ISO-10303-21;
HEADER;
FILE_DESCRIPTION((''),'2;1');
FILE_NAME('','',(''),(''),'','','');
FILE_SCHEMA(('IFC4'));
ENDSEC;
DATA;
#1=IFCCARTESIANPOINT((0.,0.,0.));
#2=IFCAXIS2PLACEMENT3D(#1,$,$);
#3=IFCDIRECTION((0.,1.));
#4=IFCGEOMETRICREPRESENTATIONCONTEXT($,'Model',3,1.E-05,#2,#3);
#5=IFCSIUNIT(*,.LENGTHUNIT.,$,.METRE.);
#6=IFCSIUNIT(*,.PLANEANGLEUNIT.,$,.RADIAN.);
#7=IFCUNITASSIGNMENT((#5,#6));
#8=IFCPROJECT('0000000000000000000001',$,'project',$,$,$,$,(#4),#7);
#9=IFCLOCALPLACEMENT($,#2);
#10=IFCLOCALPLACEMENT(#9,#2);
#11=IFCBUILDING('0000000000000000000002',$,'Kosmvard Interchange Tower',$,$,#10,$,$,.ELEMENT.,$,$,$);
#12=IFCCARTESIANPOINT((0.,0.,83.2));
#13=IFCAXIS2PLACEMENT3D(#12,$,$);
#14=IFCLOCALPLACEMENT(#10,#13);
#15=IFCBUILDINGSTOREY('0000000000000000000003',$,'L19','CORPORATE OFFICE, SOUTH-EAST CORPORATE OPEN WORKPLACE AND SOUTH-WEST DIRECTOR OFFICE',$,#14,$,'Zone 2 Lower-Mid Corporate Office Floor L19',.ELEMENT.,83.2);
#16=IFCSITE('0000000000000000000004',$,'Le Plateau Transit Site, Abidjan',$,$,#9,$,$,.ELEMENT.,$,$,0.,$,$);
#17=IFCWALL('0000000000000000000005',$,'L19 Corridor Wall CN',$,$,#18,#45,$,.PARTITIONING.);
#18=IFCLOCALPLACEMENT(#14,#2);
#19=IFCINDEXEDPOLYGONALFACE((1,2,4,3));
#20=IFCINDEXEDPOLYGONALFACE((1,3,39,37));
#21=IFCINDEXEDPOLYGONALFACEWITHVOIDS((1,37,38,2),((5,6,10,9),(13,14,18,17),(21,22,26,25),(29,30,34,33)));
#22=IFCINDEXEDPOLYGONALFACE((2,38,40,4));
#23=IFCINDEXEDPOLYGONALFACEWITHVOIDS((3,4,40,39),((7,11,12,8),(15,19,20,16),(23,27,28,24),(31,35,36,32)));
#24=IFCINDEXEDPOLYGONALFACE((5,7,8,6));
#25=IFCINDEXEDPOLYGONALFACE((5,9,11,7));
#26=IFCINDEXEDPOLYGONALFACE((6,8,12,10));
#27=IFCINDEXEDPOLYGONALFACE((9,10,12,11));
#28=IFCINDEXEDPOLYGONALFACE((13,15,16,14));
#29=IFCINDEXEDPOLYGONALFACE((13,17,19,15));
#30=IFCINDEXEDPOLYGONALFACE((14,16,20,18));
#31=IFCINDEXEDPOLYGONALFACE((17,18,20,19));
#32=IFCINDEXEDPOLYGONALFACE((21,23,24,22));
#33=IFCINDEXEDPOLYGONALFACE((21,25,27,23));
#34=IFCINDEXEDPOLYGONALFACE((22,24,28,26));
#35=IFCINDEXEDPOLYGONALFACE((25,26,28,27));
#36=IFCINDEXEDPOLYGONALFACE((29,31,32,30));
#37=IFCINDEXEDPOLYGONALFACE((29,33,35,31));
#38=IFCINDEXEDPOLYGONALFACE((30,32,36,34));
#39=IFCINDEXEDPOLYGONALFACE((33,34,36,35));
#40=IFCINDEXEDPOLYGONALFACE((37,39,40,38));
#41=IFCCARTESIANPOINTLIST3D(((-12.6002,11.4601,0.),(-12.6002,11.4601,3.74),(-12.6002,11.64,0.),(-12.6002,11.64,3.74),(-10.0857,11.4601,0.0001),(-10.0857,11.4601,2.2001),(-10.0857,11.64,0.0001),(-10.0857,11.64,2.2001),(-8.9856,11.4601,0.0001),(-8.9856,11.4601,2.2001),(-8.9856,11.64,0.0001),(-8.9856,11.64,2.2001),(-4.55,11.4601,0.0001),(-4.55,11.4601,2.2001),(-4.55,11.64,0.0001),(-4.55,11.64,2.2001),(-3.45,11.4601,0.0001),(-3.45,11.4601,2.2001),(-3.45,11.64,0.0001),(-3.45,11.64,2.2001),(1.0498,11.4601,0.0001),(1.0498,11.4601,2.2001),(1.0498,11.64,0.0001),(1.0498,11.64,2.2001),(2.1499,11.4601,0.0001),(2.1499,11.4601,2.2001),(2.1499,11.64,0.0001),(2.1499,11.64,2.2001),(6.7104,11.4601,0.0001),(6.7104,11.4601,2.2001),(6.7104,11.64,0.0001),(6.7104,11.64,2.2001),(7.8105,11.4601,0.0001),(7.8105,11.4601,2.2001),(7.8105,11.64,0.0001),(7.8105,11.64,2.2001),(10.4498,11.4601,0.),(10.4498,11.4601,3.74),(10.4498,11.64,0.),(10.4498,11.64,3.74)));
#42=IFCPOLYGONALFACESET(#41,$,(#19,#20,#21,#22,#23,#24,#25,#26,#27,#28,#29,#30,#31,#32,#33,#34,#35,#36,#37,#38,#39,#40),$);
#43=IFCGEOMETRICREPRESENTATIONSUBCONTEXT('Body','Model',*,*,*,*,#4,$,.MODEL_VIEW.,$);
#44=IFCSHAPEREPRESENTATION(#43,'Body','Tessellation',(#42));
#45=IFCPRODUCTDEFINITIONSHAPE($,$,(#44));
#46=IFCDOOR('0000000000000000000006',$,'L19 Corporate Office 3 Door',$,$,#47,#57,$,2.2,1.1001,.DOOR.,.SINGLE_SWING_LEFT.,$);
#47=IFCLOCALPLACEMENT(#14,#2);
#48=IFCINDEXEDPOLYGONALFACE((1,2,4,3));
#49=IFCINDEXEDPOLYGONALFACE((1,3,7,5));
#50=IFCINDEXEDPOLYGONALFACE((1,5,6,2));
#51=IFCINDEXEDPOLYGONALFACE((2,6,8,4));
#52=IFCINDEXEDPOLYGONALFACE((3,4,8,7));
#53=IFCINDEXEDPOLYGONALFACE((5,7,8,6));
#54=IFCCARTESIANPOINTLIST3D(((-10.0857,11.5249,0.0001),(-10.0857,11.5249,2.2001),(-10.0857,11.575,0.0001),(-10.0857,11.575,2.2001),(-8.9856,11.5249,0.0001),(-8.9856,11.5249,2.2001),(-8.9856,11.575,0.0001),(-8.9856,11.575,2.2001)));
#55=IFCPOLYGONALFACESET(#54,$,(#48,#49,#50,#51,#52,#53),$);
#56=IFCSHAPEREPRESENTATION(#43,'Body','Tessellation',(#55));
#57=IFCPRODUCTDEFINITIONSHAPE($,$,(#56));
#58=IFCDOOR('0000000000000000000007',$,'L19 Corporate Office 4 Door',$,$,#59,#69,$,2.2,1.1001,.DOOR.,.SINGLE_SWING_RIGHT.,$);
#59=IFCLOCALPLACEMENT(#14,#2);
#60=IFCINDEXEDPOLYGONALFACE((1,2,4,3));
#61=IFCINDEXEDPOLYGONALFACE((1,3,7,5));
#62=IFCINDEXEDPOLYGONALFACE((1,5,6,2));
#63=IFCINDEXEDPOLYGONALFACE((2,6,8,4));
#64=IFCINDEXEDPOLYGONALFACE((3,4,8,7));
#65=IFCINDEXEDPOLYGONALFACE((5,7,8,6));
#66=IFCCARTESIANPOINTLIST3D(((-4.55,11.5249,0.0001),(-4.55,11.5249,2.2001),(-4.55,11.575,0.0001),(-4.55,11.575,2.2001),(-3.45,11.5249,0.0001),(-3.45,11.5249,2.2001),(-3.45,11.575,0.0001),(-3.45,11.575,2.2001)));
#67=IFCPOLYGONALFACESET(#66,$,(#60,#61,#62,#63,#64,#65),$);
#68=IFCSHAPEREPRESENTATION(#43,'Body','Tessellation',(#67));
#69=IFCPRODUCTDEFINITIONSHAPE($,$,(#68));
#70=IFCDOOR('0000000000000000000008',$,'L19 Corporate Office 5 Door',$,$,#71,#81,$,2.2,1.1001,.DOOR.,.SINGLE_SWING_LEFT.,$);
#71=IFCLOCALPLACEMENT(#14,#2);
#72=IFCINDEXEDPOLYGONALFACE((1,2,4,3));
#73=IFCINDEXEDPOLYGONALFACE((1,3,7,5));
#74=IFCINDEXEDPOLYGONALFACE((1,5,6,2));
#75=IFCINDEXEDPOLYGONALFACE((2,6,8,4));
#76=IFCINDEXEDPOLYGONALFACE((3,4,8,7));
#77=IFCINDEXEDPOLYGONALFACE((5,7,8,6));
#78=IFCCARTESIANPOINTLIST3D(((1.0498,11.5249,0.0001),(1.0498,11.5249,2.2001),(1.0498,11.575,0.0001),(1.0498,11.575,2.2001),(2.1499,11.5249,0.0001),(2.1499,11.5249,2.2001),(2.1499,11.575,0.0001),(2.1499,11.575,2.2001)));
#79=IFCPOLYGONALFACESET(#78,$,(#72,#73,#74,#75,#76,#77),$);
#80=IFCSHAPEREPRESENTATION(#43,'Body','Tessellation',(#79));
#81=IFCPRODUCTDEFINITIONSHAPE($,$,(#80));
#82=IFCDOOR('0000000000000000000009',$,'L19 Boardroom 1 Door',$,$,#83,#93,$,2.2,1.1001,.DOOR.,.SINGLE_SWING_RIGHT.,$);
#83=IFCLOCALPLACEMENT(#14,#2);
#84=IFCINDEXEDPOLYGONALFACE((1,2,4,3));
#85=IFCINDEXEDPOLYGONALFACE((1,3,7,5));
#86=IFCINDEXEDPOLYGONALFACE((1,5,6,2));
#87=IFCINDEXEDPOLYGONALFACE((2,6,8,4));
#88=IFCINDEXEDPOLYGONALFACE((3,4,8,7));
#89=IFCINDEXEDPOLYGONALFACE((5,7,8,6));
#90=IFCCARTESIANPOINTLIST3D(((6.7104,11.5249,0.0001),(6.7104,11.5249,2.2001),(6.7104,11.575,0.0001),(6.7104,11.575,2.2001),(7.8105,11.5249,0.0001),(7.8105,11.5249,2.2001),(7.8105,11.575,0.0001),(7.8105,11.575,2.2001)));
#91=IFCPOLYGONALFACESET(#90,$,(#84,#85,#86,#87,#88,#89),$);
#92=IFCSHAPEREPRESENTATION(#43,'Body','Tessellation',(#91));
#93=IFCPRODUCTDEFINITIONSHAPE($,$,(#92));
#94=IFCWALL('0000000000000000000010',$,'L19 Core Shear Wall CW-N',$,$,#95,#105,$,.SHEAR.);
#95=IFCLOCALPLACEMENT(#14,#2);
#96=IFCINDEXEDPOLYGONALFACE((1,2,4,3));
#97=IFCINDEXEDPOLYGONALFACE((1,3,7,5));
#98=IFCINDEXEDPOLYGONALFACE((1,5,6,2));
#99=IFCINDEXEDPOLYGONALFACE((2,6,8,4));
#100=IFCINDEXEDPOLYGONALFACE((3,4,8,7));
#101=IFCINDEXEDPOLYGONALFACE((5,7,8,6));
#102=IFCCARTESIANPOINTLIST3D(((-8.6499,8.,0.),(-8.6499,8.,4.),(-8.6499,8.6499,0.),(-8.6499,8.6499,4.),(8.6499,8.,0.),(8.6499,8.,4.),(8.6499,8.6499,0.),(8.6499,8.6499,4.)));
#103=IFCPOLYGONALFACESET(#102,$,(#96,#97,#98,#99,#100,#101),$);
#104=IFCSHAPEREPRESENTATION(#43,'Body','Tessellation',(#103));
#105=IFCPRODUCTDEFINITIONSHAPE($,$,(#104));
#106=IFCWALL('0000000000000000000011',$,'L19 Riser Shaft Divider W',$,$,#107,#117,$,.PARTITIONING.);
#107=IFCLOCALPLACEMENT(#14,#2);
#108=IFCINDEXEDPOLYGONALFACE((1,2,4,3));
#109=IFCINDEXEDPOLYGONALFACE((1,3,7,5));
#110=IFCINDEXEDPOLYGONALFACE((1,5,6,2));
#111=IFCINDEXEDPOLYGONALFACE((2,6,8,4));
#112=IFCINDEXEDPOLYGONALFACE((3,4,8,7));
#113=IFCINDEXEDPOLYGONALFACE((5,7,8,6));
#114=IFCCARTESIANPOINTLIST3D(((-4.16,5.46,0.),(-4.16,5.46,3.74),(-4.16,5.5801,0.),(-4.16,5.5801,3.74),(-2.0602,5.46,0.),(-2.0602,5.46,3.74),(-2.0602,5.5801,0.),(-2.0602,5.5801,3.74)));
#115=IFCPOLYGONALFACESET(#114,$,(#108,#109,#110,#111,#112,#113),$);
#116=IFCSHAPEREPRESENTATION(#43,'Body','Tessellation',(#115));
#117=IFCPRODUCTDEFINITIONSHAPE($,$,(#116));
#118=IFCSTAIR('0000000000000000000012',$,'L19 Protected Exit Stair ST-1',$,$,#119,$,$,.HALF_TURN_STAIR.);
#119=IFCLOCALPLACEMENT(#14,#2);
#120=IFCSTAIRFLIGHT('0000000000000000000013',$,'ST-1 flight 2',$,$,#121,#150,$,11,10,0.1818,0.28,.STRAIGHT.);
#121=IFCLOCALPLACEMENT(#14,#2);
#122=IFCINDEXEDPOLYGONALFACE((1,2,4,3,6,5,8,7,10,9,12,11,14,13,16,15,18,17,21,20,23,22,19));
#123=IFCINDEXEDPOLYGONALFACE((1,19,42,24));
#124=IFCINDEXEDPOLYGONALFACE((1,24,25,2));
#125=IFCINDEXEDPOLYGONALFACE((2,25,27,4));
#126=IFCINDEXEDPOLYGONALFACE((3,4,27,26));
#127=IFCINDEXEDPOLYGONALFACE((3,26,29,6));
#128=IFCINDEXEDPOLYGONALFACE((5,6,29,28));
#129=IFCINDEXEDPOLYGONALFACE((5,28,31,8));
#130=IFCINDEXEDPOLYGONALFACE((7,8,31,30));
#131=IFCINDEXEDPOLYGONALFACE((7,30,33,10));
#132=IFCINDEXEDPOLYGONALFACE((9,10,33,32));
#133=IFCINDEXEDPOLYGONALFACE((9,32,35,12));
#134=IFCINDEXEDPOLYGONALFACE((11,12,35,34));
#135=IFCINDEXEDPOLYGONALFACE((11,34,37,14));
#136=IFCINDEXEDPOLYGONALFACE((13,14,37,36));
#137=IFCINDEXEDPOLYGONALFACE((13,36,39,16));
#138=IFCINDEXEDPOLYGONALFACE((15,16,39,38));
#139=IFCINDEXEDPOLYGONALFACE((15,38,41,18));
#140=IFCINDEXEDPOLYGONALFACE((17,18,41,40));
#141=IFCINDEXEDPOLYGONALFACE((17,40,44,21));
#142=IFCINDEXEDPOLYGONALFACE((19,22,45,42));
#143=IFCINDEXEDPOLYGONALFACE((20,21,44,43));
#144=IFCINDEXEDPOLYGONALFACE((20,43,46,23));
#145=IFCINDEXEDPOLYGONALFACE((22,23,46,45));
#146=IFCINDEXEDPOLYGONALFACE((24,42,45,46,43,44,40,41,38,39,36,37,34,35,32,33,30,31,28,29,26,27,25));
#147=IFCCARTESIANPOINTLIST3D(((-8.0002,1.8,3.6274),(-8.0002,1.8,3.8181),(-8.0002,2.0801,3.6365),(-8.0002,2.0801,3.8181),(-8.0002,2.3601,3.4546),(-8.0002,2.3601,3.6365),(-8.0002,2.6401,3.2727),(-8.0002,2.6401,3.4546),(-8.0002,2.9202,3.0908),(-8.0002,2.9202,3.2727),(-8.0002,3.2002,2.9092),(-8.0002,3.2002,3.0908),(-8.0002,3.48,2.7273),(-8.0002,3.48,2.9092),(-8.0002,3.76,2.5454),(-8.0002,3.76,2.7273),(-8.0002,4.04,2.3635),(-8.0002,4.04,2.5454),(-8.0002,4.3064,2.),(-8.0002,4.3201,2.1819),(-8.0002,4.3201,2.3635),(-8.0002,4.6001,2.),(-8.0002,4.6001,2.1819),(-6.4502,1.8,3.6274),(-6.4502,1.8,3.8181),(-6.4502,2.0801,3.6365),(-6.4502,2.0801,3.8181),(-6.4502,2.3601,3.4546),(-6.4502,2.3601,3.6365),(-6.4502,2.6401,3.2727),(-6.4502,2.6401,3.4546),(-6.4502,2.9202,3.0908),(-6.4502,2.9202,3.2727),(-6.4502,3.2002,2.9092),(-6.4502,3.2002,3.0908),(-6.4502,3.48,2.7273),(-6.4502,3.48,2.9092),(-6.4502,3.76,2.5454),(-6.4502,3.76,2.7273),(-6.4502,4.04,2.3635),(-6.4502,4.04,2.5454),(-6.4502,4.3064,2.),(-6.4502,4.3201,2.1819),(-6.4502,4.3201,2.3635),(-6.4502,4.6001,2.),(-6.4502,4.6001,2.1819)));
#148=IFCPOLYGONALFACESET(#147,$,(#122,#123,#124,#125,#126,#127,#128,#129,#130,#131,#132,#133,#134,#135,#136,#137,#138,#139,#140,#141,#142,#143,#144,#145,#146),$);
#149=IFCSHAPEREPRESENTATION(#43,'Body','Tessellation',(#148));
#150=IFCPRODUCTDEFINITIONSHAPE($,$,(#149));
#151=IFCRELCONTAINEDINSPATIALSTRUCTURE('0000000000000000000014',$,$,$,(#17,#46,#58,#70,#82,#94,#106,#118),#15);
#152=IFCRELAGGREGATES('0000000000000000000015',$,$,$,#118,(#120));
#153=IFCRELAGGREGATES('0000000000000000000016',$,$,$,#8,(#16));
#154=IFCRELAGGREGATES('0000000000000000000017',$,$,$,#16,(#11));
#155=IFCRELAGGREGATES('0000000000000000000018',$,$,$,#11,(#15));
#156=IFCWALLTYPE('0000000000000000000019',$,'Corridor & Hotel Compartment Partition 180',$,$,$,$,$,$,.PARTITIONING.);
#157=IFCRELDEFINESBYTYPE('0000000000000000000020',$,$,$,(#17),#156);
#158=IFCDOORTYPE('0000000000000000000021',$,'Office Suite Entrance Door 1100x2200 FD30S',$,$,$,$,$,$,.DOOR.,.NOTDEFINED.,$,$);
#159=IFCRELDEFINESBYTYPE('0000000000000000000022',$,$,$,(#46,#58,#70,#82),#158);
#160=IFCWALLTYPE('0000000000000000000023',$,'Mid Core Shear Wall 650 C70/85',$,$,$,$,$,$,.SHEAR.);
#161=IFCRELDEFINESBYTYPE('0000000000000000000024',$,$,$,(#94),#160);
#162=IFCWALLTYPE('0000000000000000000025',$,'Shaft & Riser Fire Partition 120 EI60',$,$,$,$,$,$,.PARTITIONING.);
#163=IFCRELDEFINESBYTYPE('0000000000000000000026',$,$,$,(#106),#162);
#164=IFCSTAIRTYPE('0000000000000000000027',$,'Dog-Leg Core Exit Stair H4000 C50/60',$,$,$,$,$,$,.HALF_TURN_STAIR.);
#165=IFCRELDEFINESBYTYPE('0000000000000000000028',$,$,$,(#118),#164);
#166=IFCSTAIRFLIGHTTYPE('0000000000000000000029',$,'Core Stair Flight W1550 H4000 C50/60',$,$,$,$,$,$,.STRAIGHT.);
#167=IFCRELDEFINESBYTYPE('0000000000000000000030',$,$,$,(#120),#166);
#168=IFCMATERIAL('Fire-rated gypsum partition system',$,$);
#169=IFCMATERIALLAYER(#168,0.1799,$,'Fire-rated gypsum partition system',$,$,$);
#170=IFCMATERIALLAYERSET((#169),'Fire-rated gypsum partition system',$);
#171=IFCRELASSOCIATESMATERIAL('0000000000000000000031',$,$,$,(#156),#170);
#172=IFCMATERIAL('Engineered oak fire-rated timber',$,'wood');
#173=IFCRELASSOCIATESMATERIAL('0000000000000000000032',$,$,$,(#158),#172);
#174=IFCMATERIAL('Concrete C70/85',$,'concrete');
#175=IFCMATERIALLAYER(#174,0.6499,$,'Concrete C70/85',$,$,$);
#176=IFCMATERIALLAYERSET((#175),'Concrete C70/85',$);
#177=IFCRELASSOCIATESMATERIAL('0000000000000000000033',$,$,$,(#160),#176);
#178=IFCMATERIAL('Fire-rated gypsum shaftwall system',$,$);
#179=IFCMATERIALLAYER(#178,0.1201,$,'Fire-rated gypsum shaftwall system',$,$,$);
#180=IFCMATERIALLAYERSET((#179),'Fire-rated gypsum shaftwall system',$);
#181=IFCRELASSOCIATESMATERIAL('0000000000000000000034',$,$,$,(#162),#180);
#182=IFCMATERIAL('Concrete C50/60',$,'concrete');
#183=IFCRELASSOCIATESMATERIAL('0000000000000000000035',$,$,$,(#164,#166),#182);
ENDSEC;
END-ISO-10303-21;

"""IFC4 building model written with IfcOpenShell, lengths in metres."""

from ifc_helpers import new_model, si_unit, direction, frame, frame_2d, origin, place, context, subcontext, project, spatial, polyline, rectangle, outline, extrude, source, transform, mapped, material, layer, layer_set, type_object, element, fill, aggregate, save


model = new_model("IFC4")

# Units and contexts
model_context = context("Model", 3, precision=1e-05, world=origin(), true_north=direction((0.0, 1.0)))
body_context = subcontext(model_context, "Body", "Model", "MODEL_VIEW")
ifc_project = project(units=[si_unit("LENGTHUNIT", "METRE"), si_unit("PLANEANGLEUNIT", "RADIAN")], contexts=[model_context])

# Site, building, storey
site_placement = place(None, origin())
site = spatial("IfcSite", under=ifc_project, at=site_placement, Name="Le Plateau Transit Site, Abidjan", CompositionType="ELEMENT", RefElevation=0.0)
building_placement = place(site_placement, origin())
building = spatial("IfcBuilding", under=site, at=building_placement, Name="Kosmvard Interchange Tower", CompositionType="ELEMENT")
storey_placement = place(building_placement, frame((0.0, 0.0, 83.2)))
storey = spatial("IfcBuildingStorey", under=building, at=storey_placement, Name="L19", Description="CORPORATE OFFICE, SOUTH-EAST CORPORATE OPEN WORKPLACE AND SOUTH-WEST DIRECTOR OFFICE", LongName="Zone 2 Lower-Mid Corporate Office Floor L19", CompositionType="ELEMENT", Elevation=83.2)

# Wall, openings, doors
ifc_material_1 = material(Name="Fire-rated gypsum partition system")
ifc_layer_1 = layer(ifc_material_1, 0.1799, Name="Fire-rated gypsum partition system")
ifc_layer_set_1 = layer_set([ifc_layer_1], Name="Fire-rated gypsum partition system")
wall_type_1 = type_object("IfcWallType", Name="Corridor & Hotel Compartment Partition 180", PredefinedType="PARTITIONING", material=ifc_layer_set_1)
wall_1_placement = place(storey_placement, frame((-12.6001, 11.55, 0.0), z_axis=(0.0, 0.0, 1.0), x_axis=(1.0, 0.0, 0.0)))
wall_1 = element("IfcWall", 1, at=wall_1_placement, inside=storey, type_object=wall_type_1, Name="L19 Corridor Wall CN", PredefinedType="PARTITIONING", context=body_context, shape_type="SweptSolid", body=[
    extrude(rectangle(XDim=23.05, YDim=0.1799, at=frame_2d((11.5249, 0.0))), origin(), (0.0, 0.0, 1.0), 3.74),
])
opening_1_placement = place(wall_1_placement, frame((2.5144, 0.0, 0.0)))
opening_1 = element("IfcOpeningElement", 2, at=opening_1_placement, cuts=wall_1, PredefinedType="OPENING", context=body_context, shape_type="SweptSolid", body=[
    extrude(rectangle(XDim=1.1001, YDim=2.2, at=frame_2d((0.55, 1.1001))), frame((0.0, 0.1001, 0.0), z_axis=(0.0, -1.0, 0.0), x_axis=(1.0, 0.0, 0.0)), (0.0, 0.0, 1.0), 0.2),
])
opening_2_placement = place(wall_1_placement, frame((8.05, 0.0, 0.0)))
opening_2 = element("IfcOpeningElement", 3, at=opening_2_placement, cuts=wall_1, PredefinedType="OPENING", context=body_context, shape_type="SweptSolid", body=[
    extrude(rectangle(XDim=1.1001, YDim=2.2, at=frame_2d((0.55, 1.1001))), frame((0.0, 0.1001, 0.0), z_axis=(0.0, -1.0, 0.0), x_axis=(1.0, 0.0, 0.0)), (0.0, 0.0, 1.0), 0.2),
])
opening_3_placement = place(wall_1_placement, frame((13.6499, 0.0, 0.0)))
opening_3 = element("IfcOpeningElement", 4, at=opening_3_placement, cuts=wall_1, PredefinedType="OPENING", context=body_context, shape_type="SweptSolid", body=[
    extrude(rectangle(XDim=1.1001, YDim=2.2, at=frame_2d((0.55, 1.1001))), frame((0.0, 0.1001, 0.0), z_axis=(0.0, -1.0, 0.0), x_axis=(1.0, 0.0, 0.0)), (0.0, 0.0, 1.0), 0.2),
])
opening_4_placement = place(wall_1_placement, frame((19.3105, 0.0, 0.0)))
opening_4 = element("IfcOpeningElement", 5, at=opening_4_placement, cuts=wall_1, PredefinedType="OPENING", context=body_context, shape_type="SweptSolid", body=[
    extrude(rectangle(XDim=1.1001, YDim=2.2, at=frame_2d((0.55, 1.1001))), frame((0.0, 0.1001, 0.0), z_axis=(0.0, -1.0, 0.0), x_axis=(1.0, 0.0, 0.0)), (0.0, 0.0, 1.0), 0.2),
])
ifc_material_2 = material(Name="Engineered oak fire-rated timber", Category="wood")
door_type = type_object("IfcDoorType", Name="Office Suite Entrance Door 1100x2200 FD30S", OperationType="NOTDEFINED", PredefinedType="DOOR", material=ifc_material_2)
shared_shape_1 = source(origin(), body_context, "Body", "SweptSolid", [
    extrude(rectangle(XDim=1.1001, YDim=2.2, at=frame_2d((0.55, 1.1001))), frame((0.0, 0.0249, 0.0), z_axis=(0.0, -1.0, 0.0), x_axis=(1.0, 0.0, 0.0)), (0.0, 0.0, 1.0), 0.05),
])
door_1_placement = place(opening_1_placement, origin())
door_1 = element("IfcDoor", 6, at=door_1_placement, inside=storey, type_object=door_type, Name="L19 Corporate Office 3 Door", OperationType="SINGLE_SWING_LEFT", OverallHeight=2.2, OverallWidth=1.1001, PredefinedType="DOOR", context=body_context, shape_type="MappedRepresentation", body=[
    mapped(shared_shape_1, transform((0.0, 0.0, 0.0), scale=1.0)),
])
fill(opening_1, door_1)
door_2_placement = place(opening_2_placement, origin())
door_2 = element("IfcDoor", 7, at=door_2_placement, inside=storey, type_object=door_type, Name="L19 Corporate Office 4 Door", OperationType="SINGLE_SWING_RIGHT", OverallHeight=2.2, OverallWidth=1.1001, PredefinedType="DOOR", context=body_context, shape_type="MappedRepresentation", body=[
    mapped(shared_shape_1, transform((0.0, 0.0, 0.0), scale=1.0)),
])
fill(opening_2, door_2)
door_3_placement = place(opening_3_placement, origin())
door_3 = element("IfcDoor", 8, at=door_3_placement, inside=storey, type_object=door_type, Name="L19 Corporate Office 5 Door", OperationType="SINGLE_SWING_LEFT", OverallHeight=2.2, OverallWidth=1.1001, PredefinedType="DOOR", context=body_context, shape_type="MappedRepresentation", body=[
    mapped(shared_shape_1, transform((0.0, 0.0, 0.0), scale=1.0)),
])
fill(opening_3, door_3)
door_4_placement = place(opening_4_placement, origin())
door_4 = element("IfcDoor", 9, at=door_4_placement, inside=storey, type_object=door_type, Name="L19 Boardroom 1 Door", OperationType="SINGLE_SWING_RIGHT", OverallHeight=2.2, OverallWidth=1.1001, PredefinedType="DOOR", context=body_context, shape_type="MappedRepresentation", body=[
    mapped(shared_shape_1, transform((0.0, 0.0, 0.0), scale=1.0)),
])
fill(opening_4, door_4)

# Walls
ifc_material_3 = material(Name="Concrete C70/85", Category="concrete")
ifc_layer_2 = layer(ifc_material_3, 0.6499, Name="Concrete C70/85")
ifc_layer_set_2 = layer_set([ifc_layer_2], Name="Concrete C70/85")
wall_type_2 = type_object("IfcWallType", Name="Mid Core Shear Wall 650 C70/85", PredefinedType="SHEAR", material=ifc_layer_set_2)
wall_2_placement = place(storey_placement, frame((-8.6499, 8.325, 0.0), z_axis=(0.0, 0.0, 1.0), x_axis=(1.0, 0.0, 0.0)))
element("IfcWall", 10, at=wall_2_placement, inside=storey, type_object=wall_type_2, Name="L19 Core Shear Wall CW-N", PredefinedType="SHEAR", context=body_context, shape_type="SweptSolid", body=[
    extrude(rectangle(XDim=17.2998, YDim=0.6499, at=frame_2d((8.6499, 0.0))), origin(), (0.0, 0.0, 1.0), 4.0),
])
ifc_material_4 = material(Name="Fire-rated gypsum shaftwall system")
ifc_layer_3 = layer(ifc_material_4, 0.1201, Name="Fire-rated gypsum shaftwall system")
ifc_layer_set_3 = layer_set([ifc_layer_3], Name="Fire-rated gypsum shaftwall system")
wall_type_3 = type_object("IfcWallType", Name="Shaft & Riser Fire Partition 120 EI60", PredefinedType="PARTITIONING", material=ifc_layer_set_3)
wall_3_placement = place(storey_placement, frame((-4.1599, 5.52, 0.0), z_axis=(0.0, 0.0, 1.0), x_axis=(1.0, 0.0, 0.0)))
element("IfcWall", 11, at=wall_3_placement, inside=storey, type_object=wall_type_3, Name="L19 Riser Shaft Divider W", PredefinedType="PARTITIONING", context=body_context, shape_type="SweptSolid", body=[
    extrude(rectangle(XDim=2.0999, YDim=0.1201, at=frame_2d((1.0498, 0.0))), origin(), (0.0, 0.0, 1.0), 3.74),
])

# Stair, stair flight
ifc_material_5 = material(Name="Concrete C50/60", Category="concrete")
stair_type = type_object("IfcStairType", Name="Dog-Leg Core Exit Stair H4000 C50/60", PredefinedType="HALF_TURN_STAIR", material=ifc_material_5)
stair_placement = place(storey_placement, origin())
stair = element("IfcStair", 12, at=stair_placement, inside=storey, type_object=stair_type, Name="L19 Protected Exit Stair ST-1", PredefinedType="HALF_TURN_STAIR")
stair_flight_type = type_object("IfcStairFlightType", Name="Core Stair Flight W1550 H4000 C50/60", PredefinedType="STRAIGHT", material=ifc_material_5)
shared_shape_2 = source(origin(), body_context, "Body", "SweptSolid", [
    extrude(outline(polyline([(0.0, 0.0), (0.0, 0.1819), (0.28, 0.1819), (0.28, 0.3635), (0.5601, 0.3635), (0.5601, 0.5454), (0.8401, 0.5454), (0.8401, 0.7273), (1.1201, 0.7273), (1.1201, 0.9092), (1.3999, 0.9092), (1.3999, 1.0908), (1.6799, 1.0908), (1.6799, 1.2727), (1.96, 1.2727), (1.96, 1.4546), (2.24, 1.4546), (2.24, 1.6365), (2.52, 1.6365), (2.52, 1.8181), (2.8, 1.8181), (2.8, 2.0), (2.8, 1.6274), (0.2937, 0.0), (0.0, 0.0)])), frame((0.0, 0.7749, 0.0), z_axis=(0.0, -1.0, 0.0), x_axis=(1.0, 0.0, 0.0)), (0.0, 0.0, 1.0), 1.55),
])
stair_flight_placement = place(storey_placement, frame((-7.2251, 4.6001, 2.0), z_axis=(0.0, 0.0, 1.0), x_axis=(0.0, -1.0, 0.0)))
stair_flight = element("IfcStairFlight", 13, at=stair_flight_placement, type_object=stair_flight_type, Name="ST-1 flight 2", NumberOfRisers=11, NumberOfTreads=10, PredefinedType="STRAIGHT", RiserHeight=0.1818, TreadLength=0.28, context=body_context, shape_type="MappedRepresentation", body=[
    mapped(shared_shape_2, transform((0.0, 0.0, 0.0), scale=1.0)),
])
aggregate(stair, [stair_flight])

save(model, "model.ifc")
